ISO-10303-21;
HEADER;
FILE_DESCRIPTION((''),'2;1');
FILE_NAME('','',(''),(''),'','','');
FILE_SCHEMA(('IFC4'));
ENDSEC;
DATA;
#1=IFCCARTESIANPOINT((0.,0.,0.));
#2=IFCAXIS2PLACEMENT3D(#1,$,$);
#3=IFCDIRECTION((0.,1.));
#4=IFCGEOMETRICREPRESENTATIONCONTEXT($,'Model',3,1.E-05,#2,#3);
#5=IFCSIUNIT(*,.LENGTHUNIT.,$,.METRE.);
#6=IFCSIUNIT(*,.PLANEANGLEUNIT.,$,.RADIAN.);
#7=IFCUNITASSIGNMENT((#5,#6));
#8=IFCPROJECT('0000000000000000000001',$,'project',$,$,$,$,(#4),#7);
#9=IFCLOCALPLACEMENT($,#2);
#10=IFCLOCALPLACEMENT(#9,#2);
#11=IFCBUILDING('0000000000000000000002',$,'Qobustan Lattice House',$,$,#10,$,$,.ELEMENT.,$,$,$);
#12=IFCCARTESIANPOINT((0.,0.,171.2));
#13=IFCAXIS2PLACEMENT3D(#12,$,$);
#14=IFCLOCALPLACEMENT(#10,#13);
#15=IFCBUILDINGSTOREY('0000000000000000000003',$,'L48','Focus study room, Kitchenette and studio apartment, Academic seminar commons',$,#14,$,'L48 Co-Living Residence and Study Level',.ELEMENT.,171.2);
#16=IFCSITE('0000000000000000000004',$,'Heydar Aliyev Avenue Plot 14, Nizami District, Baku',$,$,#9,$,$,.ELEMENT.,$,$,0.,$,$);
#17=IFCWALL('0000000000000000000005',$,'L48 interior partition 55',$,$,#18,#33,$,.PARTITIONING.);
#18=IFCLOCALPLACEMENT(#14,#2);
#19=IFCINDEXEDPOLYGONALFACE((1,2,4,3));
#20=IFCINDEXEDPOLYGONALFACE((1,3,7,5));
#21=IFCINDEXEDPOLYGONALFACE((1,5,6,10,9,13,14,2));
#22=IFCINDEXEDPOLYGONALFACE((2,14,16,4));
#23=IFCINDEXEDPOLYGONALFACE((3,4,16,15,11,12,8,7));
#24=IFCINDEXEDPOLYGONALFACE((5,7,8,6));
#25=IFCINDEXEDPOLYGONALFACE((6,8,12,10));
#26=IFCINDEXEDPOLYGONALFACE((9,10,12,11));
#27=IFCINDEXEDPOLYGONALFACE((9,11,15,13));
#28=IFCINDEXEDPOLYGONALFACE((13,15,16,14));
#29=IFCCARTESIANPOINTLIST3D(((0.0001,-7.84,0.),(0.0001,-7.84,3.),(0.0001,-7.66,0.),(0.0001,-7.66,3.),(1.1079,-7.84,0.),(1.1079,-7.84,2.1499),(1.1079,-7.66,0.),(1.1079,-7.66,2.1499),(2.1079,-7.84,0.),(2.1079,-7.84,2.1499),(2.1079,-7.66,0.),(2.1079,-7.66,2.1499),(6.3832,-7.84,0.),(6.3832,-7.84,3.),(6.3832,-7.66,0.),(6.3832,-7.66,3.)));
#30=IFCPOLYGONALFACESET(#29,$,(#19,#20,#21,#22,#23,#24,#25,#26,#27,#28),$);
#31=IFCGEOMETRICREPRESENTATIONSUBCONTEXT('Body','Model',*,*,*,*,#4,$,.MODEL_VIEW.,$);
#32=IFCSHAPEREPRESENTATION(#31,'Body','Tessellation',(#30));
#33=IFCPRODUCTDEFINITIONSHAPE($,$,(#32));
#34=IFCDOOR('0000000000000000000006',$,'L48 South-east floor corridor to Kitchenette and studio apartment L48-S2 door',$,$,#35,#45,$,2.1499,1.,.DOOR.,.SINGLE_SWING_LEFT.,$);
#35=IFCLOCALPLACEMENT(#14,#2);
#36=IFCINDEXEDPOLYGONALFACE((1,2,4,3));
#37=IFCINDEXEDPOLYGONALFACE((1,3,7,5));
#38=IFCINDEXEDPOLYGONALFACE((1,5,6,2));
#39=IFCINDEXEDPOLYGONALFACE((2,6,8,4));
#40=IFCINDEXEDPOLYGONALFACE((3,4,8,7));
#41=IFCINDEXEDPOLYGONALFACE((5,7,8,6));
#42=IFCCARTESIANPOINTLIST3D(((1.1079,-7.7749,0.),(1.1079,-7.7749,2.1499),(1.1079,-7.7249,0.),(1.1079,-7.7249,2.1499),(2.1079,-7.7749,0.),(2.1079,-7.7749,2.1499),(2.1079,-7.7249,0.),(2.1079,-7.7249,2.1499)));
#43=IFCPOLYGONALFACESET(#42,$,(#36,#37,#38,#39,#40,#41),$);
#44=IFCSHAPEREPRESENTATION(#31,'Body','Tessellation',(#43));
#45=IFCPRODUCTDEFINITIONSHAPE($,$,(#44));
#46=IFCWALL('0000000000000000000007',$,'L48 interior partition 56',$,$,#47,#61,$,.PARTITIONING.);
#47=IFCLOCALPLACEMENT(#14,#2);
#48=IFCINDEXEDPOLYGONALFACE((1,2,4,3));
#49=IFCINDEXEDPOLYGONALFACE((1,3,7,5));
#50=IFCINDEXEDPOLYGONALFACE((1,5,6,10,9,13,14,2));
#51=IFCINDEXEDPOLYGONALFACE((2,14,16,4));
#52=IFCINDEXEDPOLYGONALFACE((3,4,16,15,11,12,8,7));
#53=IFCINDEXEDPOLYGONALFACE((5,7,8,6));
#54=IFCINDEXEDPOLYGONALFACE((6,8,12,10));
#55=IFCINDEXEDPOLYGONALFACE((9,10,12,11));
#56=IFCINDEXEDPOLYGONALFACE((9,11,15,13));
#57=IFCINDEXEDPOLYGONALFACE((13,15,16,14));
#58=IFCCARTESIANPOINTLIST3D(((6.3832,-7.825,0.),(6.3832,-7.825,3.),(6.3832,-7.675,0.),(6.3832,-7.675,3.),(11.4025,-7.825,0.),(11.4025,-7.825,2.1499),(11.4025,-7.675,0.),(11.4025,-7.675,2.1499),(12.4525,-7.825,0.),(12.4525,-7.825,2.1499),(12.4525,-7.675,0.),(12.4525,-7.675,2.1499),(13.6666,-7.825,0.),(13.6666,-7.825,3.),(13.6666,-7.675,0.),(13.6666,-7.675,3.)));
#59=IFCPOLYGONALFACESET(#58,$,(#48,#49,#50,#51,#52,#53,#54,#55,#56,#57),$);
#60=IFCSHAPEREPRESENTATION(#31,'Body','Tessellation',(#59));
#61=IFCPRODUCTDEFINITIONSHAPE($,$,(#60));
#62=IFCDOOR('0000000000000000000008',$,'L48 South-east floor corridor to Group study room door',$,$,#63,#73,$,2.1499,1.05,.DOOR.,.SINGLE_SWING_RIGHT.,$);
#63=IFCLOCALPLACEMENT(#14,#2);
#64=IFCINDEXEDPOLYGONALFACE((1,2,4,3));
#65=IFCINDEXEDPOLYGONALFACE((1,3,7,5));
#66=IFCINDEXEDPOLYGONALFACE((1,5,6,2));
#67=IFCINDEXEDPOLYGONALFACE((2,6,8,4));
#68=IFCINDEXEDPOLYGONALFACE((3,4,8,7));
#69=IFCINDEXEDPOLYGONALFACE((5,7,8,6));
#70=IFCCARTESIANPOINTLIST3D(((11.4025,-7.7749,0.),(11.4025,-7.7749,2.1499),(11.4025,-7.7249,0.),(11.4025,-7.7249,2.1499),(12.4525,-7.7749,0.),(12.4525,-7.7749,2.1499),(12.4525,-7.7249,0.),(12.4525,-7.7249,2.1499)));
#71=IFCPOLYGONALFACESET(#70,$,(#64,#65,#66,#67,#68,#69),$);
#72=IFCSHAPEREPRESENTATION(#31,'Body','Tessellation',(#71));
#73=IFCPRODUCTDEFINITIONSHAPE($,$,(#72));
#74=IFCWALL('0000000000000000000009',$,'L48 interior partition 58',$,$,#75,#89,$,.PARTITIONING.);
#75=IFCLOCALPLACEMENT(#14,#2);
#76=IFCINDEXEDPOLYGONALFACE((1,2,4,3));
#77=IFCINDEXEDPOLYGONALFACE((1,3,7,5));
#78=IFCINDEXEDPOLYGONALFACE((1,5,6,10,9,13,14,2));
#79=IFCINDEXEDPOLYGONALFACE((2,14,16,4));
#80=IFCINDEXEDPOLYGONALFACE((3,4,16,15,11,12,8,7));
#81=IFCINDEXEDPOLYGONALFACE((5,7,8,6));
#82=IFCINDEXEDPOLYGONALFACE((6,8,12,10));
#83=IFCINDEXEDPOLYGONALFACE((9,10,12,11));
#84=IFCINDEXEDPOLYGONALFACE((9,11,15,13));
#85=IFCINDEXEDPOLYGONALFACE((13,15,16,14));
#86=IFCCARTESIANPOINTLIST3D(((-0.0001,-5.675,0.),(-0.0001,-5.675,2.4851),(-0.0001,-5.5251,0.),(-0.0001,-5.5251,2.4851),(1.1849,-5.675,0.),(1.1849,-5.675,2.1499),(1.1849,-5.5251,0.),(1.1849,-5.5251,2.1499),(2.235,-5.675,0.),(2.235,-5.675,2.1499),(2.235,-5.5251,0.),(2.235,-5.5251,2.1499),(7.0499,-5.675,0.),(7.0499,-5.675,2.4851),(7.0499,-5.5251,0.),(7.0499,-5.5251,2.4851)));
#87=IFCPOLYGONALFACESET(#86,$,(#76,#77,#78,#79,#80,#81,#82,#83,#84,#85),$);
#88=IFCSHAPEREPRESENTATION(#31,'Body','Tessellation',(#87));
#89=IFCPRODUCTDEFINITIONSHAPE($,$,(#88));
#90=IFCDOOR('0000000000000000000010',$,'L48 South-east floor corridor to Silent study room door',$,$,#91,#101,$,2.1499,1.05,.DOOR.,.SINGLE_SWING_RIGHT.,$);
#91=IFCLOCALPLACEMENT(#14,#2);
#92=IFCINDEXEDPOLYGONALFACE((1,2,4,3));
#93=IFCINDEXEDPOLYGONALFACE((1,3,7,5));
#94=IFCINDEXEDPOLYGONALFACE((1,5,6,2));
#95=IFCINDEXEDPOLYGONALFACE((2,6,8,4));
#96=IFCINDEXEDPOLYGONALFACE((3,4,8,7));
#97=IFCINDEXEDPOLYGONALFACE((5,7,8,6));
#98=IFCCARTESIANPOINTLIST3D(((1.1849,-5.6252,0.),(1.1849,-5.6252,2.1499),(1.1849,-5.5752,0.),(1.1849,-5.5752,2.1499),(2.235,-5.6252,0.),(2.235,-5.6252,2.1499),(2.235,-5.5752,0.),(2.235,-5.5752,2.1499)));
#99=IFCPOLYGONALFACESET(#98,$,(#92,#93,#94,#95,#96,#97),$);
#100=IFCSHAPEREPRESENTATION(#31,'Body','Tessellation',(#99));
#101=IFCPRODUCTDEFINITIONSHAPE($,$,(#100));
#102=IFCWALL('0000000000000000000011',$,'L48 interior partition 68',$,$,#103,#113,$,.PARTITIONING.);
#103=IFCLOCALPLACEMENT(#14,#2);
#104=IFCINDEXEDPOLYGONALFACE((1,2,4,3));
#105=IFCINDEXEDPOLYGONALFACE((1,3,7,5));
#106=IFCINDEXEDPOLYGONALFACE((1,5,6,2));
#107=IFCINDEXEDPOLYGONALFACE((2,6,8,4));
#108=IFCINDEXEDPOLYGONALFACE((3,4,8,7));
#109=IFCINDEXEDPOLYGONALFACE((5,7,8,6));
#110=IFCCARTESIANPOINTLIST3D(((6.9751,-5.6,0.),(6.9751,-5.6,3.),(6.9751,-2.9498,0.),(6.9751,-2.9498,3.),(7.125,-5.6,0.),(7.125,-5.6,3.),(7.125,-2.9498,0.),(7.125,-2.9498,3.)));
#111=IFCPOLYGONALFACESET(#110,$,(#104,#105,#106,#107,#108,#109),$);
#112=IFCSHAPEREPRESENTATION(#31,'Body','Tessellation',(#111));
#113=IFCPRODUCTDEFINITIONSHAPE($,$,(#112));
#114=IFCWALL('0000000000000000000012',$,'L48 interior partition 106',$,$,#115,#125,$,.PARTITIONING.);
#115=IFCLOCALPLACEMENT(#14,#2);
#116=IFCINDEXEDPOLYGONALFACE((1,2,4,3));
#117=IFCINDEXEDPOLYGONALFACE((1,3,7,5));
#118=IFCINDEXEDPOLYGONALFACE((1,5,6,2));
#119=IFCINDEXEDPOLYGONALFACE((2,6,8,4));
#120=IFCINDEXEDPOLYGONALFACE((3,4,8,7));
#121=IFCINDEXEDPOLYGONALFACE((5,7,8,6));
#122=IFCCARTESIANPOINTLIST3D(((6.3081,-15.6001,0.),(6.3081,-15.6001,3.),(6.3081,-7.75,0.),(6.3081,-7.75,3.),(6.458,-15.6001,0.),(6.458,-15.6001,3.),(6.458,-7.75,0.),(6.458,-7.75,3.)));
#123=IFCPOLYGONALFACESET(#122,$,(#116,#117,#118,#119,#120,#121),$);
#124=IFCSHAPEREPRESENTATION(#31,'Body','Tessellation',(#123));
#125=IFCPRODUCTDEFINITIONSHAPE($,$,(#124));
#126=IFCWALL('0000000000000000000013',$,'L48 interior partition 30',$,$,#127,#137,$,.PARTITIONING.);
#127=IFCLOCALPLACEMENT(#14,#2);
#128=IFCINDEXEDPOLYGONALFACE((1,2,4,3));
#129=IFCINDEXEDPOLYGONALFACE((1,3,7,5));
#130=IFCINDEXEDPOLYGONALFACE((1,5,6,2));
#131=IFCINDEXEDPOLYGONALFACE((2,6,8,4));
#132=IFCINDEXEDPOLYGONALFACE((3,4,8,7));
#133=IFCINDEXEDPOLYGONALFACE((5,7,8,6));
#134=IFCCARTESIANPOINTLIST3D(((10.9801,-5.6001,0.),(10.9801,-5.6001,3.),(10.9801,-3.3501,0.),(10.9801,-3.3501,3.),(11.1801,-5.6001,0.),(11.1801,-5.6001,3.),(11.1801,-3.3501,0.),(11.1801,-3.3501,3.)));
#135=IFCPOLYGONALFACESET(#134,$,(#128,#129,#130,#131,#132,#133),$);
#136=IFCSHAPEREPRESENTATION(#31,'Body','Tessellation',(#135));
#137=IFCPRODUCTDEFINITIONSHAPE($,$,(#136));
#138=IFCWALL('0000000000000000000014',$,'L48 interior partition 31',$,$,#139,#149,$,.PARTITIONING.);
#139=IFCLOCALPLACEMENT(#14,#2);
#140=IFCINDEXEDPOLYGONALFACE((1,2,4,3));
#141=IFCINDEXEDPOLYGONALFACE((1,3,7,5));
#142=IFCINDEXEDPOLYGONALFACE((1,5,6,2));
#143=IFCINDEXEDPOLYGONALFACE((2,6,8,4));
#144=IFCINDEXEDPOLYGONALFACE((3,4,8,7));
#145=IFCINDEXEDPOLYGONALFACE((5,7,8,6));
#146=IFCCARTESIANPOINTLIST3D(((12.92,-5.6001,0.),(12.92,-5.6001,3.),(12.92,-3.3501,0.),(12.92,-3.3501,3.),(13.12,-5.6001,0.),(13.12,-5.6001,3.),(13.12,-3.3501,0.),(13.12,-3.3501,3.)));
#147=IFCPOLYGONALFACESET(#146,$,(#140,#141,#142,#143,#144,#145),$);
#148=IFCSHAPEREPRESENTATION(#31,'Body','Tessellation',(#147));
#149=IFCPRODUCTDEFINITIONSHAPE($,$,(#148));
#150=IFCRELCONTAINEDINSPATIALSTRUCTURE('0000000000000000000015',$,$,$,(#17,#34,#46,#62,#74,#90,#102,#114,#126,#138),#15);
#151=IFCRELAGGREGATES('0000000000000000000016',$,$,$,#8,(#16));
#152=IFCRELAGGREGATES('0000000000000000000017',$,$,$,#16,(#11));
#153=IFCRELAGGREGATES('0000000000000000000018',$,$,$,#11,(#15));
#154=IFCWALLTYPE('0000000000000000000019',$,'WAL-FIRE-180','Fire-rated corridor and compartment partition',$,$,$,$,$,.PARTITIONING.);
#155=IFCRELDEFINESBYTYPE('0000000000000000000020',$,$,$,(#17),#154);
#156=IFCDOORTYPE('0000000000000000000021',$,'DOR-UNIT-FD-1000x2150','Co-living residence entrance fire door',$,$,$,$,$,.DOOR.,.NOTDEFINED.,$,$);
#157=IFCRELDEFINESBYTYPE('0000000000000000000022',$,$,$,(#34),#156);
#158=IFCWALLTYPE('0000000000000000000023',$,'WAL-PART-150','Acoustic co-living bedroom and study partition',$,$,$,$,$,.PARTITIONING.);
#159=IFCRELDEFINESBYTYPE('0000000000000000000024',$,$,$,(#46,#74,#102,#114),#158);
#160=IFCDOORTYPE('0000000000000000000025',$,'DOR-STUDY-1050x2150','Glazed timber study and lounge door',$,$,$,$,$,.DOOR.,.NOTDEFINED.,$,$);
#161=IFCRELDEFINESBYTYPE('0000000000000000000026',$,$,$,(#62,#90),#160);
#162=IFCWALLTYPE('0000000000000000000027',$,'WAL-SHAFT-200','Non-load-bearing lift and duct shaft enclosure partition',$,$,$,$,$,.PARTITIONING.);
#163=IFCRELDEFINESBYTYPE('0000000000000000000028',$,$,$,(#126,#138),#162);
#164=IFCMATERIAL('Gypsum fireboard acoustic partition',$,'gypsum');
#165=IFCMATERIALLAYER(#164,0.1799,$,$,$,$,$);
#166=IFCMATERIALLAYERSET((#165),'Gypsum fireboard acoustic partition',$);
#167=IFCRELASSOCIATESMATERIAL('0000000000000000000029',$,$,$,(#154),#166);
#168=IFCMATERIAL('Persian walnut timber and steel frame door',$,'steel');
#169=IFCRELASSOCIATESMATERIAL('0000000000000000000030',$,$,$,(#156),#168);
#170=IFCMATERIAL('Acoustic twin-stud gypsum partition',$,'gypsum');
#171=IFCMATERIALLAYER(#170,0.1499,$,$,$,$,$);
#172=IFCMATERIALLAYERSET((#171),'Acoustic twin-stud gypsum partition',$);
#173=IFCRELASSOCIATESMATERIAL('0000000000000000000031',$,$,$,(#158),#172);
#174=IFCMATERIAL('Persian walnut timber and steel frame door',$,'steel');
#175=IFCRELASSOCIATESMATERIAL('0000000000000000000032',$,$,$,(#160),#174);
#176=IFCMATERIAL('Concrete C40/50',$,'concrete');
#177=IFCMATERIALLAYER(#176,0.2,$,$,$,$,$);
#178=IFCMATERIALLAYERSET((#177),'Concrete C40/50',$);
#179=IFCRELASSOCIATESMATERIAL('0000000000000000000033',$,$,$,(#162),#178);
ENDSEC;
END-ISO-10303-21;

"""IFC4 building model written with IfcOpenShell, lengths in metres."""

from ifc_helpers import new_model, si_unit, direction, frame, frame_2d, origin, place, context, subcontext, project, spatial, rectangle, extrude, material, layer, layer_set, type_object, element, fill, save


model = new_model("IFC4")

# Units and contexts
model_context = context("Model", 3, precision=1e-05, world=origin(), true_north=direction((0.0, 1.0)))
body_context = subcontext(model_context, "Body", "Model", "MODEL_VIEW")
ifc_project = project(units=[si_unit("LENGTHUNIT", "METRE"), si_unit("PLANEANGLEUNIT", "RADIAN")], contexts=[model_context])

# Site, building, storey
site_placement = place(None, origin())
site = spatial("IfcSite", under=ifc_project, at=site_placement, Name="Heydar Aliyev Avenue Plot 14, Nizami District, Baku", CompositionType="ELEMENT", RefElevation=0.0)
building_placement = place(site_placement, origin())
building = spatial("IfcBuilding", under=site, at=building_placement, Name="Qobustan Lattice House", CompositionType="ELEMENT")
storey_placement = place(building_placement, frame((0.0, 0.0, 171.2)))
storey = spatial("IfcBuildingStorey", under=building, at=storey_placement, Name="L48", Description="Focus study room, Kitchenette and studio apartment, Academic seminar commons", LongName="L48 Co-Living Residence and Study Level", CompositionType="ELEMENT", Elevation=171.2)

# Shared definitions
ifc_material_1 = material(Name="Gypsum fireboard acoustic partition", Category="gypsum")
ifc_layer_1 = layer(ifc_material_1, 0.1799)
ifc_layer_set_1 = layer_set([ifc_layer_1], Name="Gypsum fireboard acoustic partition")
wall_type_1 = type_object("IfcWallType", Name="WAL-FIRE-180", Description="Fire-rated corridor and compartment partition", PredefinedType="PARTITIONING", material=ifc_layer_set_1)

# Walls, openings, doors
wall_1_placement = place(storey_placement, frame((6.3831, -7.75, 0.0), z_axis=(0.0, 0.0, 1.0), x_axis=(-1.0, 0.0, 0.0)))
wall_1 = element("IfcWall", 1, at=wall_1_placement, inside=storey, type_object=wall_type_1, Name="L48 interior partition 55", PredefinedType="PARTITIONING", context=body_context, shape_type="SweptSolid", body=[
    extrude(rectangle(XDim=6.3831, YDim=0.1799, at=frame_2d((3.1914, 0.0))), origin(), (0.0, 0.0, 1.0), 3.0),
])
opening_1_placement = place(wall_1_placement, frame((4.2751, 0.0, 0.0)))
opening_1 = element("IfcOpeningElement", 2, at=opening_1_placement, cuts=wall_1, PredefinedType="OPENING", context=body_context, shape_type="SweptSolid", body=[
    extrude(rectangle(XDim=1.0, YDim=2.1499, at=frame_2d((0.5, 1.075))), frame((0.0, 0.0999, 0.0), z_axis=(0.0, -1.0, 0.0), x_axis=(1.0, 0.0, 0.0)), (0.0, 0.0, 1.0), 0.2),
])
ifc_material_2 = material(Name="Persian walnut timber and steel frame door", Category="steel")
door_type_1 = type_object("IfcDoorType", Name="DOR-UNIT-FD-1000x2150", Description="Co-living residence entrance fire door", OperationType="NOTDEFINED", PredefinedType="DOOR", material=ifc_material_2)
door_1_placement = place(opening_1_placement, origin())
door_1 = element("IfcDoor", 3, at=door_1_placement, inside=storey, type_object=door_type_1, Name="L48 South-east floor corridor to Kitchenette and studio apartment L48-S2 door", OperationType="SINGLE_SWING_LEFT", OverallHeight=2.1499, OverallWidth=1.0, PredefinedType="DOOR", context=body_context, shape_type="SweptSolid", body=[
    extrude(rectangle(XDim=1.0, YDim=2.1499, at=frame_2d((0.5, 1.075))), frame((0.0, 0.0249, 0.0), z_axis=(0.0, -1.0, 0.0), x_axis=(1.0, 0.0, 0.0)), (0.0, 0.0, 1.0), 0.05),
])
fill(opening_1, door_1)
ifc_material_3 = material(Name="Acoustic twin-stud gypsum partition", Category="gypsum")
ifc_layer_2 = layer(ifc_material_3, 0.1499)
ifc_layer_set_2 = layer_set([ifc_layer_2], Name="Acoustic twin-stud gypsum partition")
wall_type_2 = type_object("IfcWallType", Name="WAL-PART-150", Description="Acoustic co-living bedroom and study partition", PredefinedType="PARTITIONING", material=ifc_layer_set_2)
wall_2_placement = place(storey_placement, frame((13.6665, -7.75, 0.0), z_axis=(0.0, 0.0, 1.0), x_axis=(-1.0, 0.0, 0.0)))
wall_2 = element("IfcWall", 4, at=wall_2_placement, inside=storey, type_object=wall_type_2, Name="L48 interior partition 56", PredefinedType="PARTITIONING", context=body_context, shape_type="SweptSolid", body=[
    extrude(rectangle(XDim=7.2834, YDim=0.1499, at=frame_2d((3.6416, 0.0))), origin(), (0.0, 0.0, 1.0), 3.0),
])
opening_2_placement = place(wall_2_placement, frame((1.2141, 0.0, 0.0)))
opening_2 = element("IfcOpeningElement", 5, at=opening_2_placement, cuts=wall_2, PredefinedType="OPENING", context=body_context, shape_type="SweptSolid", body=[
    extrude(rectangle(XDim=1.05, YDim=2.1499, at=frame_2d((0.5249, 1.075))), frame((0.0, 0.085, 0.0), z_axis=(0.0, -1.0, 0.0), x_axis=(1.0, 0.0, 0.0)), (0.0, 0.0, 1.0), 0.1699),
])
ifc_material_4 = material(Name="Persian walnut timber and steel frame door", Category="steel")
door_type_2 = type_object("IfcDoorType", Name="DOR-STUDY-1050x2150", Description="Glazed timber study and lounge door", OperationType="NOTDEFINED", PredefinedType="DOOR", material=ifc_material_4)
door_2_placement = place(opening_2_placement, origin())
door_2 = element("IfcDoor", 6, at=door_2_placement, inside=storey, type_object=door_type_2, Name="L48 South-east floor corridor to Group study room door", OperationType="SINGLE_SWING_RIGHT", OverallHeight=2.1499, OverallWidth=1.05, PredefinedType="DOOR", context=body_context, shape_type="SweptSolid", body=[
    extrude(rectangle(XDim=1.05, YDim=2.1499, at=frame_2d((0.5249, 1.075))), frame((0.0, 0.0249, 0.0), z_axis=(0.0, -1.0, 0.0), x_axis=(1.0, 0.0, 0.0)), (0.0, 0.0, 1.0), 0.05),
])
fill(opening_2, door_2)
wall_3_placement = place(storey_placement, frame((0.0, -5.6001, 0.0), z_axis=(0.0, 0.0, 1.0), x_axis=(1.0, 0.0, 0.0)))
wall_3 = element("IfcWall", 7, at=wall_3_placement, inside=storey, type_object=wall_type_2, Name="L48 interior partition 58", PredefinedType="PARTITIONING", context=body_context, shape_type="SweptSolid", body=[
    extrude(rectangle(XDim=7.05, YDim=0.1499, at=frame_2d((3.5249, 0.0))), origin(), (0.0, 0.0, 1.0), 2.4851),
])
opening_3_placement = place(wall_3_placement, frame((1.1851, 0.0, 0.0)))
opening_3 = element("IfcOpeningElement", 8, at=opening_3_placement, cuts=wall_3, PredefinedType="OPENING", context=body_context, shape_type="SweptSolid", body=[
    extrude(rectangle(XDim=1.05, YDim=2.1499, at=frame_2d((0.5249, 1.075))), frame((0.0, 0.085, 0.0), z_axis=(0.0, -1.0, 0.0), x_axis=(1.0, 0.0, 0.0)), (0.0, 0.0, 1.0), 0.1699),
])
door_3_placement = place(opening_3_placement, origin())
door_3 = element("IfcDoor", 9, at=door_3_placement, inside=storey, type_object=door_type_2, Name="L48 South-east floor corridor to Silent study room door", OperationType="SINGLE_SWING_RIGHT", OverallHeight=2.1499, OverallWidth=1.05, PredefinedType="DOOR", context=body_context, shape_type="SweptSolid", body=[
    extrude(rectangle(XDim=1.05, YDim=2.1499, at=frame_2d((0.5249, 1.075))), frame((0.0, 0.0249, 0.0), z_axis=(0.0, -1.0, 0.0), x_axis=(1.0, 0.0, 0.0)), (0.0, 0.0, 1.0), 0.05),
])
fill(opening_3, door_3)

# Walls
wall_4_placement = place(storey_placement, frame((7.05, -5.6001, 0.0), z_axis=(0.0, 0.0, 1.0), x_axis=(0.0, 1.0, 0.0)))
element("IfcWall", 10, at=wall_4_placement, inside=storey, type_object=wall_type_2, Name="L48 interior partition 68", PredefinedType="PARTITIONING", context=body_context, shape_type="SweptSolid", body=[
    extrude(rectangle(XDim=2.6501, YDim=0.1499, at=frame_2d((1.3252, 0.0))), origin(), (0.0, 0.0, 1.0), 3.0),
])
wall_5_placement = place(storey_placement, frame((6.3831, -7.75, 0.0), z_axis=(0.0, 0.0, 1.0), x_axis=(0.0, -1.0, 0.0)))
element("IfcWall", 11, at=wall_5_placement, inside=storey, type_object=wall_type_2, Name="L48 interior partition 106", PredefinedType="PARTITIONING", context=body_context, shape_type="SweptSolid", body=[
    extrude(rectangle(XDim=7.8501, YDim=0.1499, at=frame_2d((3.925, 0.0))), origin(), (0.0, 0.0, 1.0), 3.0),
])
ifc_material_5 = material(Name="Concrete C40/50", Category="concrete")
ifc_layer_3 = layer(ifc_material_5, 0.2)
ifc_layer_set_3 = layer_set([ifc_layer_3], Name="Concrete C40/50")
wall_type_3 = type_object("IfcWallType", Name="WAL-SHAFT-200", Description="Non-load-bearing lift and duct shaft enclosure partition", PredefinedType="PARTITIONING", material=ifc_layer_set_3)
for number, where, z_axis, x_axis, name in (
    (12, (11.0801, -5.6001, 0.0), (0.0, 0.0, 1.0), (0.0, 1.0, 0.0), "L48 interior partition 30"),
    (13, (13.02, -5.6001, 0.0), (0.0, 0.0, 1.0), (0.0, 1.0, 0.0), "L48 interior partition 31"),
):
    element("IfcWall", number, at=place(storey_placement, frame(where, z_axis=z_axis, x_axis=x_axis)), inside=storey, type_object=wall_type_3, Name=name, PredefinedType="PARTITIONING", context=body_context, shape_type="SweptSolid", body=[
        extrude(rectangle(XDim=2.25, YDim=0.2, at=frame_2d((1.125, 0.0))), origin(), (0.0, 0.0, 1.0), 3.0),
    ])

save(model, "model.ifc")
